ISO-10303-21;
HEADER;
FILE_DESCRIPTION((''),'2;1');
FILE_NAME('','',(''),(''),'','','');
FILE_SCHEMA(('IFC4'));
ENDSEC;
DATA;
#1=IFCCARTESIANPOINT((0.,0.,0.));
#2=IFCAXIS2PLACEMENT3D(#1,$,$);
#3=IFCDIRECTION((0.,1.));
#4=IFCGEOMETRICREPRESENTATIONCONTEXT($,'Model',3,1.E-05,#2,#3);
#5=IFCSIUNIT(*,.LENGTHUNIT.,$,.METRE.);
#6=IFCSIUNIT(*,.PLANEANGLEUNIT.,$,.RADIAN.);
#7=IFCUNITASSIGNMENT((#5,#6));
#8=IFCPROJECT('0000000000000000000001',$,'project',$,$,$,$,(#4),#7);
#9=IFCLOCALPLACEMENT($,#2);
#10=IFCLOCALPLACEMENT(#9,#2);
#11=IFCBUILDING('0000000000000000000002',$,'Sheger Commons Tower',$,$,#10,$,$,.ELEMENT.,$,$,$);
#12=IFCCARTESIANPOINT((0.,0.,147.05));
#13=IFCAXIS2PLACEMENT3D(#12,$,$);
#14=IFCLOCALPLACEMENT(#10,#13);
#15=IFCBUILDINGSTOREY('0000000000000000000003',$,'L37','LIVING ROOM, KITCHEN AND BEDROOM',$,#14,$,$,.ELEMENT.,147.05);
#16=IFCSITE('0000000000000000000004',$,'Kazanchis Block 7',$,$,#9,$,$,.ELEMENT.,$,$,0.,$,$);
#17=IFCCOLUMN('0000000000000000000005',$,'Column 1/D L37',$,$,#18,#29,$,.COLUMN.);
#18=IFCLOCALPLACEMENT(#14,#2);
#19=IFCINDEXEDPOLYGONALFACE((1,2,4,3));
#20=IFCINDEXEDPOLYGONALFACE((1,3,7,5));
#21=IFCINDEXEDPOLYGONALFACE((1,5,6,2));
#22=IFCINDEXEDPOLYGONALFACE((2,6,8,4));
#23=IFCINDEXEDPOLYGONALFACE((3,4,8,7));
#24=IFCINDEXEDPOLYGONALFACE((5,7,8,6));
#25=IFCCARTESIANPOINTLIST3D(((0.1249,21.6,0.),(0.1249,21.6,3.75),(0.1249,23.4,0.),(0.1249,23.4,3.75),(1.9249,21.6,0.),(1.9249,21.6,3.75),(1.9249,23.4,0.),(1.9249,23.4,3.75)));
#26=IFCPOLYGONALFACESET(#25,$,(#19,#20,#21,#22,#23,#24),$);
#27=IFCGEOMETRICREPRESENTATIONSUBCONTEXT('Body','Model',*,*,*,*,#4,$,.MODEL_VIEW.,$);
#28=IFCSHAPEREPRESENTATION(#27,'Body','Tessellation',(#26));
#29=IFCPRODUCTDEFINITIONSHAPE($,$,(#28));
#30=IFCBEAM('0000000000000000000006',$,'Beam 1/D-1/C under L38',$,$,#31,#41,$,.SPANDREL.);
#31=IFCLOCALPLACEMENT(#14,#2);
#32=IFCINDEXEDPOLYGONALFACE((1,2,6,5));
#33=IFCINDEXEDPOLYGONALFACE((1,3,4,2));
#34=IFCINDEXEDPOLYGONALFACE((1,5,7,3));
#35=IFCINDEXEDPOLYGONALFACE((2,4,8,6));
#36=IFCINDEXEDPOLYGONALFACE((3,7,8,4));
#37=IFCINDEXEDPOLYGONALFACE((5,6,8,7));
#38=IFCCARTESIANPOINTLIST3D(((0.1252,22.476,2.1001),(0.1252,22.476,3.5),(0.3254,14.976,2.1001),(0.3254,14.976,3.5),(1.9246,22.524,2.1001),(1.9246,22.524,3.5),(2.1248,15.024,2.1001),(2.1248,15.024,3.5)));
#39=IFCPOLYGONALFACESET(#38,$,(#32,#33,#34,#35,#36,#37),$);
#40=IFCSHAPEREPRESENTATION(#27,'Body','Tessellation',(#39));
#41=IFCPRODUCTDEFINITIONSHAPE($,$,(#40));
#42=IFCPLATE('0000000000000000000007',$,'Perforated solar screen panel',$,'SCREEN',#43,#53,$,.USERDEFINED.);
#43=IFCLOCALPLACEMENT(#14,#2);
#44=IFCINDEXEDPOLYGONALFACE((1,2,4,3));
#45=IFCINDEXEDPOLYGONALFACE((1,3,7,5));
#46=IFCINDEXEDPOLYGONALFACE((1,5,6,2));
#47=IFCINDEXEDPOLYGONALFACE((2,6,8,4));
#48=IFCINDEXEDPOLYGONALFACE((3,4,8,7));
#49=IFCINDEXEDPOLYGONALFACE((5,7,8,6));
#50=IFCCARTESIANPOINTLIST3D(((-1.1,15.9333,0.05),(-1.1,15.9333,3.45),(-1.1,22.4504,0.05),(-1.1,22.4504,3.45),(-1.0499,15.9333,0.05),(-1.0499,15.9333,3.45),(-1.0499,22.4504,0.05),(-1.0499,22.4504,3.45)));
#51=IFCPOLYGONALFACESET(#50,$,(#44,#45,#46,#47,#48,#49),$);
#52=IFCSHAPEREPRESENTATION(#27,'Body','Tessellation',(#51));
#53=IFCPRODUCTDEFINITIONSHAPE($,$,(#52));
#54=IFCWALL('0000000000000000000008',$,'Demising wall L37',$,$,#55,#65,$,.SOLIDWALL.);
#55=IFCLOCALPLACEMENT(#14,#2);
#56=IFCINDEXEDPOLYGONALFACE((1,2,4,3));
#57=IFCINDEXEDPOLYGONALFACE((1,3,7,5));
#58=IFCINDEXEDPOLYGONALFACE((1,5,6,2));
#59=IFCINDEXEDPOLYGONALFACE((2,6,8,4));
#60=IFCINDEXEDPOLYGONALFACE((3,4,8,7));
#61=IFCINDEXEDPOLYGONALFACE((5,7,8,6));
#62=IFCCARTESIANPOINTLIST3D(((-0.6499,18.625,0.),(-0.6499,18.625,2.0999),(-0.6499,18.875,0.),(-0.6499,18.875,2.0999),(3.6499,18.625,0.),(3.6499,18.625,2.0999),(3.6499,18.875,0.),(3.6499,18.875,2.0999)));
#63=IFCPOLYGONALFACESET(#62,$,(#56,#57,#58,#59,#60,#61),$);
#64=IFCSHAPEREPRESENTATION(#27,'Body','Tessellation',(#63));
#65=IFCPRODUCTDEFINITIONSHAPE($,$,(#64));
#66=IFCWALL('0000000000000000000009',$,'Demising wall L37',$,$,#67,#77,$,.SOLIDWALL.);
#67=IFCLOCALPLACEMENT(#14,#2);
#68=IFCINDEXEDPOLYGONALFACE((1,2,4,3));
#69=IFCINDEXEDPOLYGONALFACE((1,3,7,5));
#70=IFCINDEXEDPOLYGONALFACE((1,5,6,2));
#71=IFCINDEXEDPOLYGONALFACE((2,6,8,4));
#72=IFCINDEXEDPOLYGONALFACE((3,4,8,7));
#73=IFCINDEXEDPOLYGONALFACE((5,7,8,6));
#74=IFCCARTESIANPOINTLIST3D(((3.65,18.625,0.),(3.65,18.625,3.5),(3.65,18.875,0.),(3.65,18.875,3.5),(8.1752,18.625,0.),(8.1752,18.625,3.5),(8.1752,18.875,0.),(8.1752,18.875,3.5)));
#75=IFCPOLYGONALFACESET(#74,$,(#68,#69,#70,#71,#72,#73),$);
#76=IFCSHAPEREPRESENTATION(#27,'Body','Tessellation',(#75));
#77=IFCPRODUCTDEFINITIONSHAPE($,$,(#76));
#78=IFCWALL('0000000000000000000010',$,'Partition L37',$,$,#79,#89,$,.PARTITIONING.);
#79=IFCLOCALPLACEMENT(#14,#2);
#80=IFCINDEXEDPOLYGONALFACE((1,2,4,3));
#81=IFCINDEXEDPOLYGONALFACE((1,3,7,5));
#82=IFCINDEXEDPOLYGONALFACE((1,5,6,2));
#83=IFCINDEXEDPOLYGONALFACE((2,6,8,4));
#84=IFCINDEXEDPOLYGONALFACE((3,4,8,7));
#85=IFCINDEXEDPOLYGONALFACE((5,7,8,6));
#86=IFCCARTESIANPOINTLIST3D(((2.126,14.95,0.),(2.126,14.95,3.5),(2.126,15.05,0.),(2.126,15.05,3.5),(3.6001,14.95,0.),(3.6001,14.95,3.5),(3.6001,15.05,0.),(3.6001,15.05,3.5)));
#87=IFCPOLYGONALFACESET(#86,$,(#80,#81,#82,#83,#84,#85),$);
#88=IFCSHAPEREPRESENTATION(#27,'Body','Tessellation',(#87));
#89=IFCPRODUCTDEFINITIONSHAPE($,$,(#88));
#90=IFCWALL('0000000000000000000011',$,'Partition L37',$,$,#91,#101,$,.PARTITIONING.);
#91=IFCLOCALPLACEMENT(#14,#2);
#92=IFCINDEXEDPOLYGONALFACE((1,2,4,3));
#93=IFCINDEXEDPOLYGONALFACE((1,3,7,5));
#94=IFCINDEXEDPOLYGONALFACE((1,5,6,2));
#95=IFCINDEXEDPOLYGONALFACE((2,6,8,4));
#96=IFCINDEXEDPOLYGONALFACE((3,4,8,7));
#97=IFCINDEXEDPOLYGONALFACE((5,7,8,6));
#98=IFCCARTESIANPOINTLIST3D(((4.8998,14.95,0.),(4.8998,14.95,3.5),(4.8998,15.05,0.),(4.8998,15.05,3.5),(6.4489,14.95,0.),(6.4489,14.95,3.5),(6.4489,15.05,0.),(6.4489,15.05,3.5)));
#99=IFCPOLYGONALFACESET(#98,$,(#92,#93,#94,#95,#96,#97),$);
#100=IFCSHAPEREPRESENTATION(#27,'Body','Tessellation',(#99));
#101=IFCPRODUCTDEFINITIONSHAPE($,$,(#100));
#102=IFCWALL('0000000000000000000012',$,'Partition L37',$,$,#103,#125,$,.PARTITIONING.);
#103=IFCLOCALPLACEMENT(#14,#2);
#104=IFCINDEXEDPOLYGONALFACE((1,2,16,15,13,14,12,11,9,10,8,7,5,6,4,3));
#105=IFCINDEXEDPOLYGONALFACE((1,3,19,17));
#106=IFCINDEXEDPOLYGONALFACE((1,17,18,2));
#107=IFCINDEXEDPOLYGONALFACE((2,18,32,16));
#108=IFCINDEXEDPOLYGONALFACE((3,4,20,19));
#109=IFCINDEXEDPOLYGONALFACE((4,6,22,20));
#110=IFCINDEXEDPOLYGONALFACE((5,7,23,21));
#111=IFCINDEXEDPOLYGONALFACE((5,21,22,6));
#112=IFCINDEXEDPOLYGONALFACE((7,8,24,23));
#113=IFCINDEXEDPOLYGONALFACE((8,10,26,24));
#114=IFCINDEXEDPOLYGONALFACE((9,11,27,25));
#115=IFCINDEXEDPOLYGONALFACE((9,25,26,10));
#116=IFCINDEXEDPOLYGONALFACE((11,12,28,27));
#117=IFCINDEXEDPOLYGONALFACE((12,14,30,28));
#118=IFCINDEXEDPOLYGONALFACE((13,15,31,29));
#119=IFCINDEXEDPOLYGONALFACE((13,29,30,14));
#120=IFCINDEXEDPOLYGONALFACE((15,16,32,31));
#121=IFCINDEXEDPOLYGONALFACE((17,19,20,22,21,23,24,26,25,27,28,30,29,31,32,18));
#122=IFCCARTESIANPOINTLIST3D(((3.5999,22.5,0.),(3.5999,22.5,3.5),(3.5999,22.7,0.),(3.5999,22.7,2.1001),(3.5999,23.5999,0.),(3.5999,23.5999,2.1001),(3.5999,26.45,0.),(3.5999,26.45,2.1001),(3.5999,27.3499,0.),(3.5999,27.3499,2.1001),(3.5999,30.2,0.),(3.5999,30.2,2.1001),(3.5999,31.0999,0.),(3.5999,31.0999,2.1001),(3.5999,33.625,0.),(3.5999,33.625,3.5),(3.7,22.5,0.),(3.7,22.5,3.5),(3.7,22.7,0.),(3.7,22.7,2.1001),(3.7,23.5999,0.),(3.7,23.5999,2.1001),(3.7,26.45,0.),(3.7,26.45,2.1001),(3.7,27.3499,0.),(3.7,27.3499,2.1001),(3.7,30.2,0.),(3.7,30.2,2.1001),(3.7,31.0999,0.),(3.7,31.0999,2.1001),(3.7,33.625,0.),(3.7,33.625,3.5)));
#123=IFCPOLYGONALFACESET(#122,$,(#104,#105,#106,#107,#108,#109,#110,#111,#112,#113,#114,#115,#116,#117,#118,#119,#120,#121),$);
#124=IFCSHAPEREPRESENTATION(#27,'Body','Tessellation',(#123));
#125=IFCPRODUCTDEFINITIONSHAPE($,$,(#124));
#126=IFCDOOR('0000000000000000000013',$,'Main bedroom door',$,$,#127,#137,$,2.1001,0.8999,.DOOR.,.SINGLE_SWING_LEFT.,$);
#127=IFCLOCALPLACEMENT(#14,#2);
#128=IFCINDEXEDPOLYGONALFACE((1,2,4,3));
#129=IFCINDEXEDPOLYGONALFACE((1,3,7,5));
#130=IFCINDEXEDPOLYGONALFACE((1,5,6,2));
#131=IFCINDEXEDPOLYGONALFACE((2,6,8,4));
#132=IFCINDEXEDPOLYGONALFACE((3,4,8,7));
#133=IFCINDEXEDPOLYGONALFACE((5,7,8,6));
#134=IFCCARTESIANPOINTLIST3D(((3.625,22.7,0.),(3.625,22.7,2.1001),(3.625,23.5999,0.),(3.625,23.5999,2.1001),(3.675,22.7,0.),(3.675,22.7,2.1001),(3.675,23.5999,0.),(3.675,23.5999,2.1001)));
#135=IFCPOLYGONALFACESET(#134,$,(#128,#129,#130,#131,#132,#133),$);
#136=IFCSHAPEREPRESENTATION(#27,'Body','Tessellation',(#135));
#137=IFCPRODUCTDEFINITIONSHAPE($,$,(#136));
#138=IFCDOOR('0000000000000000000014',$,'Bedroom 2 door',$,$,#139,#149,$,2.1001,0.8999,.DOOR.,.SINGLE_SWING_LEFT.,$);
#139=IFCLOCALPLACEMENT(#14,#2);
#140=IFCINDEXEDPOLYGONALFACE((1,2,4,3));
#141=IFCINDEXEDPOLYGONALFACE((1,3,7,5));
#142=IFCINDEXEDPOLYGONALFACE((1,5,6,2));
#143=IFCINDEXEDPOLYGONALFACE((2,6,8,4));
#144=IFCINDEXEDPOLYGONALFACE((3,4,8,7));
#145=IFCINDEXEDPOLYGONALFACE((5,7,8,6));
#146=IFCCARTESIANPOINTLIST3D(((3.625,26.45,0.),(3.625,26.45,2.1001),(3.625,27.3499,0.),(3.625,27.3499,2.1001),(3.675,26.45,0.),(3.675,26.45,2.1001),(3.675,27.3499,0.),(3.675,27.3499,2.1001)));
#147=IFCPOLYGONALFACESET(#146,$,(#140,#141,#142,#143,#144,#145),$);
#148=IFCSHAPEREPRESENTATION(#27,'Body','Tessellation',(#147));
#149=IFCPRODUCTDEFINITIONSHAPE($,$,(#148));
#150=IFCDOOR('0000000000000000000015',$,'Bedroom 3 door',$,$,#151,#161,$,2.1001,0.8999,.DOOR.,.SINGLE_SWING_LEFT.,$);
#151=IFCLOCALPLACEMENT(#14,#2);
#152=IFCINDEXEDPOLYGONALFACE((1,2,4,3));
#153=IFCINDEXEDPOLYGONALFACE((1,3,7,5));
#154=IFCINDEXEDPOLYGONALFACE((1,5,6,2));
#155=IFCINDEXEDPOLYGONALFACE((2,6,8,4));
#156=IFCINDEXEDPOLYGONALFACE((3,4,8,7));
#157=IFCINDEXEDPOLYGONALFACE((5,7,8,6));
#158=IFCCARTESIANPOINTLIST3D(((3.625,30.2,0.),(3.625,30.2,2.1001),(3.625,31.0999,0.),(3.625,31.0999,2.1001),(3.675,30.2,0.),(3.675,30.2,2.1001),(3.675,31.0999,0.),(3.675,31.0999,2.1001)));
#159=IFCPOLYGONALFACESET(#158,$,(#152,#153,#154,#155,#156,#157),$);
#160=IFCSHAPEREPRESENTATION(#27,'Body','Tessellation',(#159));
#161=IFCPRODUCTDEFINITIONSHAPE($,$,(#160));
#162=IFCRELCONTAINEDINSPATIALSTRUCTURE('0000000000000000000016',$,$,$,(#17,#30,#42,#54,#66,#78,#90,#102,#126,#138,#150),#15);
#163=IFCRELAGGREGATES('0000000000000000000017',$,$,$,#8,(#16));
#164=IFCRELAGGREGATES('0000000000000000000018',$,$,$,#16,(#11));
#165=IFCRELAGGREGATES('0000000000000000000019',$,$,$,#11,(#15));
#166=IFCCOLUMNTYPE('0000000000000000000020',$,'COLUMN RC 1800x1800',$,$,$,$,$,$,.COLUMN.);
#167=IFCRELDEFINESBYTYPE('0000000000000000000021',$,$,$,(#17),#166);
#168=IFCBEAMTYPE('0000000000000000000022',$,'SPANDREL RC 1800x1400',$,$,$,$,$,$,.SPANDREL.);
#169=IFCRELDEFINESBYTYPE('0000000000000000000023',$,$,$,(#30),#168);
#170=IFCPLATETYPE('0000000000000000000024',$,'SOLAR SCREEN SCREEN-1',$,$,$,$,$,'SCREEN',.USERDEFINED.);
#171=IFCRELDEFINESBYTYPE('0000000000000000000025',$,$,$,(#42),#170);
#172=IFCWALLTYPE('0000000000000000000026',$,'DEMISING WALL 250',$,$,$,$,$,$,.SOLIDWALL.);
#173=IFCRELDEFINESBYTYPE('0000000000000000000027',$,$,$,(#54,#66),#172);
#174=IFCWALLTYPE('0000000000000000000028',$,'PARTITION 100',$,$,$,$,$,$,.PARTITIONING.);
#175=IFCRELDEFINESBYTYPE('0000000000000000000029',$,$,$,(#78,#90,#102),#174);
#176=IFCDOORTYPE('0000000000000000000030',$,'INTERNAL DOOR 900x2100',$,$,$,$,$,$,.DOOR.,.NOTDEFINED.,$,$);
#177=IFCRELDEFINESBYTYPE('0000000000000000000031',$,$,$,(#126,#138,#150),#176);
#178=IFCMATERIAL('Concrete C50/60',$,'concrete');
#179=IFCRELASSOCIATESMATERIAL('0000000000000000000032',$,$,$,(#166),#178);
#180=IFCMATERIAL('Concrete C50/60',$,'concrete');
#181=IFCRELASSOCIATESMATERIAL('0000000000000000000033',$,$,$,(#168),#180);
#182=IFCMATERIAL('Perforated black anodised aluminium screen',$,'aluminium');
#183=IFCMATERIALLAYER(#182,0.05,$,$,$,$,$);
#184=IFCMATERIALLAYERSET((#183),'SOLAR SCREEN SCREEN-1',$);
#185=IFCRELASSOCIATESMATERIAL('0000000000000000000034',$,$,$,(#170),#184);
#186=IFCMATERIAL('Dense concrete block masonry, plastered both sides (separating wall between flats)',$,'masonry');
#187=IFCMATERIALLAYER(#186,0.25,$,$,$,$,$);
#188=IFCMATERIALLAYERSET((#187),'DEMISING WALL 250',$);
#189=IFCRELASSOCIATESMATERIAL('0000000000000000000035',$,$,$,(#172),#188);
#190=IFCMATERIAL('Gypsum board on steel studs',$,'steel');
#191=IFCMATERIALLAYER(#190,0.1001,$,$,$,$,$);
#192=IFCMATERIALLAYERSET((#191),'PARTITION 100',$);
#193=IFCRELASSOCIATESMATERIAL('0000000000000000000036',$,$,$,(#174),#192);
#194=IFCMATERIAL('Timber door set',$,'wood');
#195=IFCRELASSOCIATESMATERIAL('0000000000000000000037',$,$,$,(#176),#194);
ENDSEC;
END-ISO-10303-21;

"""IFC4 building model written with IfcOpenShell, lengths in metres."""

from ifc_helpers import new_model, si_unit, direction, frame, frame_2d, origin, origin_2d, place, context, subcontext, project, spatial, rectangle, extrude, material, layer, layer_set, material_profile, profile_set, type_object, element, fill, save


model = new_model("IFC4")

# Units and contexts
model_context = context("Model", 3, precision=1e-05, world=origin(), true_north=direction((0.0, 1.0)))
body_context = subcontext(model_context, "Body", "Model", "MODEL_VIEW")
ifc_project = project(units=[si_unit("LENGTHUNIT", "METRE"), si_unit("PLANEANGLEUNIT", "RADIAN")], contexts=[model_context])

# Site, building, storey
site_placement = place(None, origin())
site = spatial("IfcSite", under=ifc_project, at=site_placement, Name="Kazanchis Block 7", CompositionType="ELEMENT", RefElevation=0.0)
building_placement = place(site_placement, origin())
building = spatial("IfcBuilding", under=site, at=building_placement, Name="Sheger Commons Tower", CompositionType="ELEMENT")
storey_placement = place(building_placement, frame((0.0, 0.0, 147.05)))
storey = spatial("IfcBuildingStorey", under=building, at=storey_placement, Name="L37", Description="LIVING ROOM, KITCHEN AND BEDROOM", CompositionType="ELEMENT", Elevation=147.05)

# Column
ifc_material_1 = material(Name="Concrete C50/60", Category="concrete")
ifc_material_profile_1 = material_profile(ifc_material_1, rectangle(XDim=1.8, YDim=1.8, at=origin_2d()), Name="RC 1800x1800")
ifc_profile_set_1 = profile_set([ifc_material_profile_1], Name="Concrete C50/60")
column_type = type_object("IfcColumnType", Name="COLUMN RC 1800x1800", PredefinedType="COLUMN", material=ifc_profile_set_1)
column_placement = place(storey_placement, frame((1.0249, 22.5, 0.0), z_axis=(0.0, 0.0, 1.0), x_axis=(1.0, 0.0, 0.0)))
element("IfcColumn", 1, at=column_placement, inside=storey, type_object=column_type, Name="Column 1/D L37", PredefinedType="COLUMN", context=body_context, shape_type="SweptSolid", body=[
    extrude(rectangle(XDim=1.8, YDim=1.8, at=origin_2d()), origin(), (0.0, 0.0, 1.0), 3.75),
])

# Beam
ifc_material_2 = material(Name="Concrete C50/60", Category="concrete")
ifc_material_profile_2 = material_profile(ifc_material_2, rectangle(XDim=1.8, YDim=1.3999, at=origin_2d()), Name="RC 1800x1400")
ifc_profile_set_2 = profile_set([ifc_material_profile_2], Name="Concrete C50/60")
beam_type = type_object("IfcBeamType", Name="SPANDREL RC 1800x1400", PredefinedType="SPANDREL", material=ifc_profile_set_2)
beam_placement = place(storey_placement, frame((1.0249, 22.5, 2.8), z_axis=(0.026683, -0.999644, 0.0), x_axis=(0.999644, 0.026683, 0.0)))
element("IfcBeam", 2, at=beam_placement, inside=storey, type_object=beam_type, Name="Beam 1/D-1/C under L38", PredefinedType="SPANDREL", context=body_context, shape_type="SweptSolid", body=[
    extrude(rectangle(XDim=1.8, YDim=1.3999, at=origin_2d()), origin(), (0.0, 0.0, 1.0), 7.5027),
])

# Plate
ifc_material_3 = material(Name="Perforated black anodised aluminium screen", Category="aluminium")
ifc_layer_1 = layer(ifc_material_3, 0.05)
ifc_layer_set_1 = layer_set([ifc_layer_1], Name="SOLAR SCREEN SCREEN-1")
plate_type = type_object("IfcPlateType", Name="SOLAR SCREEN SCREEN-1", ElementType="SCREEN", PredefinedType="USERDEFINED", material=ifc_layer_set_1)
plate_placement = place(storey_placement, frame((-1.075, 19.1919, 0.05), z_axis=(0.0, 0.0, 1.0), x_axis=(0.0, -1.0, 0.0)))
element("IfcPlate", 3, at=plate_placement, inside=storey, type_object=plate_type, Name="Perforated solar screen panel", ObjectType="SCREEN", PredefinedType="USERDEFINED", context=body_context, shape_type="SweptSolid", body=[
    extrude(rectangle(XDim=6.5171, YDim=0.05, at=origin_2d()), origin(), (0.0, 0.0, 1.0), 3.3999),
])

# Walls
ifc_material_4 = material(Name="Dense concrete block masonry, plastered both sides (separating wall between flats)", Category="masonry")
ifc_layer_2 = layer(ifc_material_4, 0.25)
ifc_layer_set_2 = layer_set([ifc_layer_2], Name="DEMISING WALL 250")
wall_type_1 = type_object("IfcWallType", Name="DEMISING WALL 250", PredefinedType="SOLIDWALL", material=ifc_layer_set_2)
wall_1_placement = place(storey_placement, frame((-0.6499, 18.75, 0.0), z_axis=(0.0, 0.0, 1.0), x_axis=(1.0, 0.0, 0.0)))
element("IfcWall", 4, at=wall_1_placement, inside=storey, type_object=wall_type_1, Name="Demising wall L37", PredefinedType="SOLIDWALL", context=body_context, shape_type="SweptSolid", body=[
    extrude(rectangle(XDim=4.2998, YDim=0.25, at=frame_2d((2.1499, 0.0))), origin(), (0.0, 0.0, 1.0), 2.0999),
])
wall_2_placement = place(storey_placement, frame((3.6499, 18.75, 0.0), z_axis=(0.0, 0.0, 1.0), x_axis=(1.0, 0.0, 0.0)))
element("IfcWall", 5, at=wall_2_placement, inside=storey, type_object=wall_type_1, Name="Demising wall L37", PredefinedType="SOLIDWALL", context=body_context, shape_type="SweptSolid", body=[
    extrude(rectangle(XDim=4.5251, YDim=0.25, at=frame_2d((2.2627, 0.0))), origin(), (0.0, 0.0, 1.0), 3.5),
])
ifc_material_5 = material(Name="Gypsum board on steel studs", Category="steel")
ifc_layer_3 = layer(ifc_material_5, 0.1001)
ifc_layer_set_3 = layer_set([ifc_layer_3], Name="PARTITION 100")
wall_type_2 = type_object("IfcWallType", Name="PARTITION 100", PredefinedType="PARTITIONING", material=ifc_layer_set_3)
wall_3_placement = place(storey_placement, frame((2.126, 15.0, 0.0), z_axis=(0.0, 0.0, 1.0), x_axis=(1.0, 0.0, 0.0)))
element("IfcWall", 6, at=wall_3_placement, inside=storey, type_object=wall_type_2, Name="Partition L37", PredefinedType="PARTITIONING", context=body_context, shape_type="SweptSolid", body=[
    extrude(rectangle(XDim=1.4741, YDim=0.1001, at=frame_2d((0.7371, 0.0))), origin(), (0.0, 0.0, 1.0), 3.5),
])
wall_4_placement = place(storey_placement, frame((4.8999, 15.0, 0.0), z_axis=(0.0, 0.0, 1.0), x_axis=(1.0, 0.0, 0.0)))
element("IfcWall", 7, at=wall_4_placement, inside=storey, type_object=wall_type_2, Name="Partition L37", PredefinedType="PARTITIONING", context=body_context, shape_type="SweptSolid", body=[
    extrude(rectangle(XDim=1.5491, YDim=0.1001, at=frame_2d((0.7744, 0.0))), origin(), (0.0, 0.0, 1.0), 3.5),
])

# Wall, openings, doors
wall_5_placement = place(storey_placement, frame((3.6499, 22.5, 0.0), z_axis=(0.0, 0.0, 1.0), x_axis=(0.0, 1.0, 0.0)))
wall_5 = element("IfcWall", 8, at=wall_5_placement, inside=storey, type_object=wall_type_2, Name="Partition L37", PredefinedType="PARTITIONING", context=body_context, shape_type="SweptSolid", body=[
    extrude(rectangle(XDim=11.125, YDim=0.1001, at=frame_2d((5.5625, 0.0))), origin(), (0.0, 0.0, 1.0), 3.5),
])
opening_1_placement = place(wall_5_placement, frame((0.2, 0.0, 0.0)))
opening_1 = element("IfcOpeningElement", 9, at=opening_1_placement, cuts=wall_5, PredefinedType="OPENING", context=body_context, shape_type="SweptSolid", body=[
    extrude(rectangle(XDim=0.8999, YDim=2.1001, at=frame_2d((0.45, 1.05))), frame((0.0, 0.0601, 0.0), z_axis=(0.0, -1.0, 0.0), x_axis=(1.0, 0.0, 0.0)), (0.0, 0.0, 1.0), 0.1201),
])
opening_2_placement = place(wall_5_placement, frame((3.95, 0.0, 0.0)))
opening_2 = element("IfcOpeningElement", 10, at=opening_2_placement, cuts=wall_5, PredefinedType="OPENING", context=body_context, shape_type="SweptSolid", body=[
    extrude(rectangle(XDim=0.8999, YDim=2.1001, at=frame_2d((0.45, 1.05))), frame((0.0, 0.0601, 0.0), z_axis=(0.0, -1.0, 0.0), x_axis=(1.0, 0.0, 0.0)), (0.0, 0.0, 1.0), 0.1201),
])
opening_3_placement = place(wall_5_placement, frame((7.7, 0.0, 0.0)))
opening_3 = element("IfcOpeningElement", 11, at=opening_3_placement, cuts=wall_5, PredefinedType="OPENING", context=body_context, shape_type="SweptSolid", body=[
    extrude(rectangle(XDim=0.8999, YDim=2.1001, at=frame_2d((0.45, 1.05))), frame((0.0, 0.0601, 0.0), z_axis=(0.0, -1.0, 0.0), x_axis=(1.0, 0.0, 0.0)), (0.0, 0.0, 1.0), 0.1201),
])
ifc_material_6 = material(Name="Timber door set", Category="wood")
door_type = type_object("IfcDoorType", Name="INTERNAL DOOR 900x2100", OperationType="NOTDEFINED", PredefinedType="DOOR", material=ifc_material_6)
door_1_placement = place(opening_1_placement, origin())
door_1 = element("IfcDoor", 12, at=door_1_placement, inside=storey, type_object=door_type, Name="Main bedroom door", OperationType="SINGLE_SWING_LEFT", OverallHeight=2.1001, OverallWidth=0.8999, PredefinedType="DOOR", context=body_context, shape_type="SweptSolid", body=[
    extrude(rectangle(XDim=0.8999, YDim=2.1001, at=frame_2d((0.45, 1.05))), frame((0.0, 0.0249, 0.0), z_axis=(0.0, -1.0, 0.0), x_axis=(1.0, 0.0, 0.0)), (0.0, 0.0, 1.0), 0.05),
])
fill(opening_1, door_1)
door_2_placement = place(opening_2_placement, origin())
door_2 = element("IfcDoor", 13, at=door_2_placement, inside=storey, type_object=door_type, Name="Bedroom 2 door", OperationType="SINGLE_SWING_LEFT", OverallHeight=2.1001, OverallWidth=0.8999, PredefinedType="DOOR", context=body_context, shape_type="SweptSolid", body=[
    extrude(rectangle(XDim=0.8999, YDim=2.1001, at=frame_2d((0.45, 1.05))), frame((0.0, 0.0249, 0.0), z_axis=(0.0, -1.0, 0.0), x_axis=(1.0, 0.0, 0.0)), (0.0, 0.0, 1.0), 0.05),
])
fill(opening_2, door_2)
door_3_placement = place(opening_3_placement, origin())
door_3 = element("IfcDoor", 14, at=door_3_placement, inside=storey, type_object=door_type, Name="Bedroom 3 door", OperationType="SINGLE_SWING_LEFT", OverallHeight=2.1001, OverallWidth=0.8999, PredefinedType="DOOR", context=body_context, shape_type="SweptSolid", body=[
    extrude(rectangle(XDim=0.8999, YDim=2.1001, at=frame_2d((0.45, 1.05))), frame((0.0, 0.0249, 0.0), z_axis=(0.0, -1.0, 0.0), x_axis=(1.0, 0.0, 0.0)), (0.0, 0.0, 1.0), 0.05),
])
fill(opening_3, door_3)

save(model, "model.ifc")
